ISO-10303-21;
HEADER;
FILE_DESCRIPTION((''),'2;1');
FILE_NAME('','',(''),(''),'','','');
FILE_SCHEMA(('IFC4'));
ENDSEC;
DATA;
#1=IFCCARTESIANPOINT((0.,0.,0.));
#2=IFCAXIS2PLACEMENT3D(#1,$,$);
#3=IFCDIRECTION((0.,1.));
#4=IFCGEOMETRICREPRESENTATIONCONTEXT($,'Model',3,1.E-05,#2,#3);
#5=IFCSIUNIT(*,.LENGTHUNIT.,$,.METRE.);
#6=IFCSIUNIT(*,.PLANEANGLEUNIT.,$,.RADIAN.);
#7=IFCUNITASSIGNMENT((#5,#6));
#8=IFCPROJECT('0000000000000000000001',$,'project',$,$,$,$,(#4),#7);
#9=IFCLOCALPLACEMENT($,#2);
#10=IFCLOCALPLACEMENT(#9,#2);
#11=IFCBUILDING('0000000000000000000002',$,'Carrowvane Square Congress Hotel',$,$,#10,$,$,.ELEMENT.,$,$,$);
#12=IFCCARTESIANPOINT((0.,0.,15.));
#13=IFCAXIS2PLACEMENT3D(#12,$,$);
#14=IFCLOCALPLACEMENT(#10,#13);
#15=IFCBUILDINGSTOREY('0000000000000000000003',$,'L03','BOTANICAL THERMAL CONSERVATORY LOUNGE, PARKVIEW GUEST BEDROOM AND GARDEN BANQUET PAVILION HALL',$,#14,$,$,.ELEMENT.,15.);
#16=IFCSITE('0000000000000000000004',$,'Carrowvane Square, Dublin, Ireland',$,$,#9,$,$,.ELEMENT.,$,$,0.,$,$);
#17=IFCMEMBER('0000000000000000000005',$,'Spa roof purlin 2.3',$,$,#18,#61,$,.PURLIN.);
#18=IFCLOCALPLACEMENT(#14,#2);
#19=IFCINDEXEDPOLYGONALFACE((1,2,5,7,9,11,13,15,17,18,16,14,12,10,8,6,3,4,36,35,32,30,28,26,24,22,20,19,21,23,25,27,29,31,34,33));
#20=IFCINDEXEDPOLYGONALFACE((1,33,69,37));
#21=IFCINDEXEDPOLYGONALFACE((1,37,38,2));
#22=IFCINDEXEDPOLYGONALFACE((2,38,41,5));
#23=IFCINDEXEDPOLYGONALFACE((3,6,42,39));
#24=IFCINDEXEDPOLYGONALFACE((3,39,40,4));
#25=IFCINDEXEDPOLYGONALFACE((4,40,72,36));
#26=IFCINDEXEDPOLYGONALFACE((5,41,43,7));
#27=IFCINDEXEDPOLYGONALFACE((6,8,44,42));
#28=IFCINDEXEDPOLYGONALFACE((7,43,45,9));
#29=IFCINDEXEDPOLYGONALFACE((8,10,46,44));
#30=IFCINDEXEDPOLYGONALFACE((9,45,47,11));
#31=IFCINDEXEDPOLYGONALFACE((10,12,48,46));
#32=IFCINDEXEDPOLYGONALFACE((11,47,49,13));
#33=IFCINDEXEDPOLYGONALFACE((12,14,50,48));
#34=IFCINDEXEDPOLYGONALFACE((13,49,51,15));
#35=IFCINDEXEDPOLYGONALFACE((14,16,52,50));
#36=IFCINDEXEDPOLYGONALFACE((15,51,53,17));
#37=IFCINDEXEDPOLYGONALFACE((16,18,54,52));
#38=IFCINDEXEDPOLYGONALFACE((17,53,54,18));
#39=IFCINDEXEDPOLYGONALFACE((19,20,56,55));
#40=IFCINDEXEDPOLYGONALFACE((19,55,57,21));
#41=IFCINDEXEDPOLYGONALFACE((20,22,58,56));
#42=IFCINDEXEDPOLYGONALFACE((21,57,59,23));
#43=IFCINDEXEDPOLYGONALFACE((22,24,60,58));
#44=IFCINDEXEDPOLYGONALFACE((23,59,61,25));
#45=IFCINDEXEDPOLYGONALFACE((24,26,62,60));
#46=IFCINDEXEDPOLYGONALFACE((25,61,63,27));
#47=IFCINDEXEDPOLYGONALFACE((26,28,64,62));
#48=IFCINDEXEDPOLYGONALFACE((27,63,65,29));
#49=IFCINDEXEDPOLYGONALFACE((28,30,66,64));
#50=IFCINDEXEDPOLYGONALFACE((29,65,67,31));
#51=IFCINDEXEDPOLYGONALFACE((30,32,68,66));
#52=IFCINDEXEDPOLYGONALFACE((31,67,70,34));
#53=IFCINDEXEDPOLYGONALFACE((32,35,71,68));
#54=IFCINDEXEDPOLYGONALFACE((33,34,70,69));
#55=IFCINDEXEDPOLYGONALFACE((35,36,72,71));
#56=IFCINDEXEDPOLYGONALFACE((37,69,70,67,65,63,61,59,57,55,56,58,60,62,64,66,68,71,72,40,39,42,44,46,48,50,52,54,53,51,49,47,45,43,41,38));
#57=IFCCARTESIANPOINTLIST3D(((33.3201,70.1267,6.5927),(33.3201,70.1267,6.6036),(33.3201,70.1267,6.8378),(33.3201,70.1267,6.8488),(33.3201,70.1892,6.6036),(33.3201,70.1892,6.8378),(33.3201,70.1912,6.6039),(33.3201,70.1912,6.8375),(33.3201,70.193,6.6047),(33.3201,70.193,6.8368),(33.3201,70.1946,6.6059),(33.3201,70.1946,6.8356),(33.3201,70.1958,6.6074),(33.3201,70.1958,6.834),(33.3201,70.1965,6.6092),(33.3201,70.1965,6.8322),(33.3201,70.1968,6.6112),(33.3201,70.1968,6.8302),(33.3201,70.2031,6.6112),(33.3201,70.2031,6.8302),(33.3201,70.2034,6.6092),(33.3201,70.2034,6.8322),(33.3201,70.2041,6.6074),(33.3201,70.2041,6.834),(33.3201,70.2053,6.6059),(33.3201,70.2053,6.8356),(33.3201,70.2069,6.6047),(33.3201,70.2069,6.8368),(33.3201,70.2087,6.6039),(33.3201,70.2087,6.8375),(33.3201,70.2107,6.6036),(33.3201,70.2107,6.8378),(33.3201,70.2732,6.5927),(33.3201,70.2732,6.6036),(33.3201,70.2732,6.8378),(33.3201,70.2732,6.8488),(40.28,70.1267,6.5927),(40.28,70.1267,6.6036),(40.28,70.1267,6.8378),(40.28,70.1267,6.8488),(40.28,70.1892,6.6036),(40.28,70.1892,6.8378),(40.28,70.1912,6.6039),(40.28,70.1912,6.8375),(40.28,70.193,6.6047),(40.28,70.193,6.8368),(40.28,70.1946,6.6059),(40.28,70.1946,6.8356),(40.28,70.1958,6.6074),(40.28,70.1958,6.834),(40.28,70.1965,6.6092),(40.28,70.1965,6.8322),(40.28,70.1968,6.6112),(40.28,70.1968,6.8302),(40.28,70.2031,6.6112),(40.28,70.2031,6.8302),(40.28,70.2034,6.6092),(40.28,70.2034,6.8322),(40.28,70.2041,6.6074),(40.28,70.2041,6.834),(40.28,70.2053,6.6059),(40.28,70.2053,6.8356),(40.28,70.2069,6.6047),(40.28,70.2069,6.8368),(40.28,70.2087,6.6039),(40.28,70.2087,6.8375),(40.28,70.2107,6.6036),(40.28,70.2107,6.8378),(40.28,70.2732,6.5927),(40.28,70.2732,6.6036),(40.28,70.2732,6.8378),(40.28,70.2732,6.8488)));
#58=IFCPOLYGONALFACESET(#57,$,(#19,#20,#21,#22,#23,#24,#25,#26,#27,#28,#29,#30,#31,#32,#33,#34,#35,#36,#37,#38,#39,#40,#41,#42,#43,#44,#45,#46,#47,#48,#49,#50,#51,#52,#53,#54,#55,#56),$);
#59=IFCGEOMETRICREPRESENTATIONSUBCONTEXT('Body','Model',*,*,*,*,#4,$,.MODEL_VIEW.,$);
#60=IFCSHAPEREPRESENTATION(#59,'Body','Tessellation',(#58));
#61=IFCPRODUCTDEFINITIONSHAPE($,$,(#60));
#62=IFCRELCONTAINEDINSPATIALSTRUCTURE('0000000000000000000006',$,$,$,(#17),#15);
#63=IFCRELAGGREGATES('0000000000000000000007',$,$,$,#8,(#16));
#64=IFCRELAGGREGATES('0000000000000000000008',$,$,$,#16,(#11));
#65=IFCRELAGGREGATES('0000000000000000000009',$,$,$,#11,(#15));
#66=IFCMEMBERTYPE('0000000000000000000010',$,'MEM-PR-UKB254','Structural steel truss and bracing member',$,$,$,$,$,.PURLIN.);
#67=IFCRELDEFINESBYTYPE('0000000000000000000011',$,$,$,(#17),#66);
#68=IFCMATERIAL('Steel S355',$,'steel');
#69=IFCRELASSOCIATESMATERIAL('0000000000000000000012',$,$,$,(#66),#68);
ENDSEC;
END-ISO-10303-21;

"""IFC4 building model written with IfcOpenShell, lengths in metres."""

from ifc_helpers import new_model, si_unit, direction, frame, origin, origin_2d, place, context, subcontext, project, spatial, i_section, extrude, material, material_profile, profile_set, type_object, element, save


model = new_model("IFC4")

# Units and contexts
model_context = context("Model", 3, precision=1e-05, world=origin(), true_north=direction((0.0, 1.0)))
body_context = subcontext(model_context, "Body", "Model", "MODEL_VIEW")
ifc_project = project(units=[si_unit("LENGTHUNIT", "METRE"), si_unit("PLANEANGLEUNIT", "RADIAN")], contexts=[model_context])

# Site, building, storey
site_placement = place(None, origin())
site = spatial("IfcSite", under=ifc_project, at=site_placement, Name="Carrowvane Square, Dublin, Ireland", CompositionType="ELEMENT", RefElevation=0.0)
building_placement = place(site_placement, origin())
building = spatial("IfcBuilding", under=site, at=building_placement, Name="Carrowvane Square Congress Hotel", CompositionType="ELEMENT")
storey_placement = place(building_placement, frame((0.0, 0.0, 15.0)))
storey = spatial("IfcBuildingStorey", under=building, at=storey_placement, Name="L03", Description="BOTANICAL THERMAL CONSERVATORY LOUNGE, PARKVIEW GUEST BEDROOM AND GARDEN BANQUET PAVILION HALL", CompositionType="ELEMENT", Elevation=15.0)

# Member
ifc_material_1 = material(Name="Steel S355", Category="steel")
ifc_material_profile_1 = material_profile(ifc_material_1, i_section(OverallWidth=0.1465, OverallDepth=0.2561, WebThickness=0.0063, FlangeThickness=0.011, FilletRadius=0.0076, at=origin_2d()), Name="UKB 254x146x37")
ifc_profile_set_1 = profile_set([ifc_material_profile_1], Name="Steel S355")
member_type = type_object("IfcMemberType", Name="MEM-PR-UKB254", Description="Structural steel truss and bracing member", PredefinedType="PURLIN", material=ifc_profile_set_1)
for number, where, z_axis, x_axis, name in (
    (1, (33.3201, 70.2, 6.7207), (1.0, 0.0, 0.0), (0.0, 1.0, 0.0), "Spa roof purlin 2.3"),
):
    element("IfcMember", number, at=place(storey_placement, frame(where, z_axis=z_axis, x_axis=x_axis)), inside=storey, type_object=member_type, Name=name, PredefinedType="PURLIN", context=body_context, shape_type="SweptSolid", body=[
        extrude(i_section(OverallWidth=0.1465, OverallDepth=0.2561, WebThickness=0.0063, FlangeThickness=0.011, FilletRadius=0.0076, at=origin_2d()), origin(), (0.0, 0.0, 1.0), 6.96),
    ])

save(model, "model.ifc")
